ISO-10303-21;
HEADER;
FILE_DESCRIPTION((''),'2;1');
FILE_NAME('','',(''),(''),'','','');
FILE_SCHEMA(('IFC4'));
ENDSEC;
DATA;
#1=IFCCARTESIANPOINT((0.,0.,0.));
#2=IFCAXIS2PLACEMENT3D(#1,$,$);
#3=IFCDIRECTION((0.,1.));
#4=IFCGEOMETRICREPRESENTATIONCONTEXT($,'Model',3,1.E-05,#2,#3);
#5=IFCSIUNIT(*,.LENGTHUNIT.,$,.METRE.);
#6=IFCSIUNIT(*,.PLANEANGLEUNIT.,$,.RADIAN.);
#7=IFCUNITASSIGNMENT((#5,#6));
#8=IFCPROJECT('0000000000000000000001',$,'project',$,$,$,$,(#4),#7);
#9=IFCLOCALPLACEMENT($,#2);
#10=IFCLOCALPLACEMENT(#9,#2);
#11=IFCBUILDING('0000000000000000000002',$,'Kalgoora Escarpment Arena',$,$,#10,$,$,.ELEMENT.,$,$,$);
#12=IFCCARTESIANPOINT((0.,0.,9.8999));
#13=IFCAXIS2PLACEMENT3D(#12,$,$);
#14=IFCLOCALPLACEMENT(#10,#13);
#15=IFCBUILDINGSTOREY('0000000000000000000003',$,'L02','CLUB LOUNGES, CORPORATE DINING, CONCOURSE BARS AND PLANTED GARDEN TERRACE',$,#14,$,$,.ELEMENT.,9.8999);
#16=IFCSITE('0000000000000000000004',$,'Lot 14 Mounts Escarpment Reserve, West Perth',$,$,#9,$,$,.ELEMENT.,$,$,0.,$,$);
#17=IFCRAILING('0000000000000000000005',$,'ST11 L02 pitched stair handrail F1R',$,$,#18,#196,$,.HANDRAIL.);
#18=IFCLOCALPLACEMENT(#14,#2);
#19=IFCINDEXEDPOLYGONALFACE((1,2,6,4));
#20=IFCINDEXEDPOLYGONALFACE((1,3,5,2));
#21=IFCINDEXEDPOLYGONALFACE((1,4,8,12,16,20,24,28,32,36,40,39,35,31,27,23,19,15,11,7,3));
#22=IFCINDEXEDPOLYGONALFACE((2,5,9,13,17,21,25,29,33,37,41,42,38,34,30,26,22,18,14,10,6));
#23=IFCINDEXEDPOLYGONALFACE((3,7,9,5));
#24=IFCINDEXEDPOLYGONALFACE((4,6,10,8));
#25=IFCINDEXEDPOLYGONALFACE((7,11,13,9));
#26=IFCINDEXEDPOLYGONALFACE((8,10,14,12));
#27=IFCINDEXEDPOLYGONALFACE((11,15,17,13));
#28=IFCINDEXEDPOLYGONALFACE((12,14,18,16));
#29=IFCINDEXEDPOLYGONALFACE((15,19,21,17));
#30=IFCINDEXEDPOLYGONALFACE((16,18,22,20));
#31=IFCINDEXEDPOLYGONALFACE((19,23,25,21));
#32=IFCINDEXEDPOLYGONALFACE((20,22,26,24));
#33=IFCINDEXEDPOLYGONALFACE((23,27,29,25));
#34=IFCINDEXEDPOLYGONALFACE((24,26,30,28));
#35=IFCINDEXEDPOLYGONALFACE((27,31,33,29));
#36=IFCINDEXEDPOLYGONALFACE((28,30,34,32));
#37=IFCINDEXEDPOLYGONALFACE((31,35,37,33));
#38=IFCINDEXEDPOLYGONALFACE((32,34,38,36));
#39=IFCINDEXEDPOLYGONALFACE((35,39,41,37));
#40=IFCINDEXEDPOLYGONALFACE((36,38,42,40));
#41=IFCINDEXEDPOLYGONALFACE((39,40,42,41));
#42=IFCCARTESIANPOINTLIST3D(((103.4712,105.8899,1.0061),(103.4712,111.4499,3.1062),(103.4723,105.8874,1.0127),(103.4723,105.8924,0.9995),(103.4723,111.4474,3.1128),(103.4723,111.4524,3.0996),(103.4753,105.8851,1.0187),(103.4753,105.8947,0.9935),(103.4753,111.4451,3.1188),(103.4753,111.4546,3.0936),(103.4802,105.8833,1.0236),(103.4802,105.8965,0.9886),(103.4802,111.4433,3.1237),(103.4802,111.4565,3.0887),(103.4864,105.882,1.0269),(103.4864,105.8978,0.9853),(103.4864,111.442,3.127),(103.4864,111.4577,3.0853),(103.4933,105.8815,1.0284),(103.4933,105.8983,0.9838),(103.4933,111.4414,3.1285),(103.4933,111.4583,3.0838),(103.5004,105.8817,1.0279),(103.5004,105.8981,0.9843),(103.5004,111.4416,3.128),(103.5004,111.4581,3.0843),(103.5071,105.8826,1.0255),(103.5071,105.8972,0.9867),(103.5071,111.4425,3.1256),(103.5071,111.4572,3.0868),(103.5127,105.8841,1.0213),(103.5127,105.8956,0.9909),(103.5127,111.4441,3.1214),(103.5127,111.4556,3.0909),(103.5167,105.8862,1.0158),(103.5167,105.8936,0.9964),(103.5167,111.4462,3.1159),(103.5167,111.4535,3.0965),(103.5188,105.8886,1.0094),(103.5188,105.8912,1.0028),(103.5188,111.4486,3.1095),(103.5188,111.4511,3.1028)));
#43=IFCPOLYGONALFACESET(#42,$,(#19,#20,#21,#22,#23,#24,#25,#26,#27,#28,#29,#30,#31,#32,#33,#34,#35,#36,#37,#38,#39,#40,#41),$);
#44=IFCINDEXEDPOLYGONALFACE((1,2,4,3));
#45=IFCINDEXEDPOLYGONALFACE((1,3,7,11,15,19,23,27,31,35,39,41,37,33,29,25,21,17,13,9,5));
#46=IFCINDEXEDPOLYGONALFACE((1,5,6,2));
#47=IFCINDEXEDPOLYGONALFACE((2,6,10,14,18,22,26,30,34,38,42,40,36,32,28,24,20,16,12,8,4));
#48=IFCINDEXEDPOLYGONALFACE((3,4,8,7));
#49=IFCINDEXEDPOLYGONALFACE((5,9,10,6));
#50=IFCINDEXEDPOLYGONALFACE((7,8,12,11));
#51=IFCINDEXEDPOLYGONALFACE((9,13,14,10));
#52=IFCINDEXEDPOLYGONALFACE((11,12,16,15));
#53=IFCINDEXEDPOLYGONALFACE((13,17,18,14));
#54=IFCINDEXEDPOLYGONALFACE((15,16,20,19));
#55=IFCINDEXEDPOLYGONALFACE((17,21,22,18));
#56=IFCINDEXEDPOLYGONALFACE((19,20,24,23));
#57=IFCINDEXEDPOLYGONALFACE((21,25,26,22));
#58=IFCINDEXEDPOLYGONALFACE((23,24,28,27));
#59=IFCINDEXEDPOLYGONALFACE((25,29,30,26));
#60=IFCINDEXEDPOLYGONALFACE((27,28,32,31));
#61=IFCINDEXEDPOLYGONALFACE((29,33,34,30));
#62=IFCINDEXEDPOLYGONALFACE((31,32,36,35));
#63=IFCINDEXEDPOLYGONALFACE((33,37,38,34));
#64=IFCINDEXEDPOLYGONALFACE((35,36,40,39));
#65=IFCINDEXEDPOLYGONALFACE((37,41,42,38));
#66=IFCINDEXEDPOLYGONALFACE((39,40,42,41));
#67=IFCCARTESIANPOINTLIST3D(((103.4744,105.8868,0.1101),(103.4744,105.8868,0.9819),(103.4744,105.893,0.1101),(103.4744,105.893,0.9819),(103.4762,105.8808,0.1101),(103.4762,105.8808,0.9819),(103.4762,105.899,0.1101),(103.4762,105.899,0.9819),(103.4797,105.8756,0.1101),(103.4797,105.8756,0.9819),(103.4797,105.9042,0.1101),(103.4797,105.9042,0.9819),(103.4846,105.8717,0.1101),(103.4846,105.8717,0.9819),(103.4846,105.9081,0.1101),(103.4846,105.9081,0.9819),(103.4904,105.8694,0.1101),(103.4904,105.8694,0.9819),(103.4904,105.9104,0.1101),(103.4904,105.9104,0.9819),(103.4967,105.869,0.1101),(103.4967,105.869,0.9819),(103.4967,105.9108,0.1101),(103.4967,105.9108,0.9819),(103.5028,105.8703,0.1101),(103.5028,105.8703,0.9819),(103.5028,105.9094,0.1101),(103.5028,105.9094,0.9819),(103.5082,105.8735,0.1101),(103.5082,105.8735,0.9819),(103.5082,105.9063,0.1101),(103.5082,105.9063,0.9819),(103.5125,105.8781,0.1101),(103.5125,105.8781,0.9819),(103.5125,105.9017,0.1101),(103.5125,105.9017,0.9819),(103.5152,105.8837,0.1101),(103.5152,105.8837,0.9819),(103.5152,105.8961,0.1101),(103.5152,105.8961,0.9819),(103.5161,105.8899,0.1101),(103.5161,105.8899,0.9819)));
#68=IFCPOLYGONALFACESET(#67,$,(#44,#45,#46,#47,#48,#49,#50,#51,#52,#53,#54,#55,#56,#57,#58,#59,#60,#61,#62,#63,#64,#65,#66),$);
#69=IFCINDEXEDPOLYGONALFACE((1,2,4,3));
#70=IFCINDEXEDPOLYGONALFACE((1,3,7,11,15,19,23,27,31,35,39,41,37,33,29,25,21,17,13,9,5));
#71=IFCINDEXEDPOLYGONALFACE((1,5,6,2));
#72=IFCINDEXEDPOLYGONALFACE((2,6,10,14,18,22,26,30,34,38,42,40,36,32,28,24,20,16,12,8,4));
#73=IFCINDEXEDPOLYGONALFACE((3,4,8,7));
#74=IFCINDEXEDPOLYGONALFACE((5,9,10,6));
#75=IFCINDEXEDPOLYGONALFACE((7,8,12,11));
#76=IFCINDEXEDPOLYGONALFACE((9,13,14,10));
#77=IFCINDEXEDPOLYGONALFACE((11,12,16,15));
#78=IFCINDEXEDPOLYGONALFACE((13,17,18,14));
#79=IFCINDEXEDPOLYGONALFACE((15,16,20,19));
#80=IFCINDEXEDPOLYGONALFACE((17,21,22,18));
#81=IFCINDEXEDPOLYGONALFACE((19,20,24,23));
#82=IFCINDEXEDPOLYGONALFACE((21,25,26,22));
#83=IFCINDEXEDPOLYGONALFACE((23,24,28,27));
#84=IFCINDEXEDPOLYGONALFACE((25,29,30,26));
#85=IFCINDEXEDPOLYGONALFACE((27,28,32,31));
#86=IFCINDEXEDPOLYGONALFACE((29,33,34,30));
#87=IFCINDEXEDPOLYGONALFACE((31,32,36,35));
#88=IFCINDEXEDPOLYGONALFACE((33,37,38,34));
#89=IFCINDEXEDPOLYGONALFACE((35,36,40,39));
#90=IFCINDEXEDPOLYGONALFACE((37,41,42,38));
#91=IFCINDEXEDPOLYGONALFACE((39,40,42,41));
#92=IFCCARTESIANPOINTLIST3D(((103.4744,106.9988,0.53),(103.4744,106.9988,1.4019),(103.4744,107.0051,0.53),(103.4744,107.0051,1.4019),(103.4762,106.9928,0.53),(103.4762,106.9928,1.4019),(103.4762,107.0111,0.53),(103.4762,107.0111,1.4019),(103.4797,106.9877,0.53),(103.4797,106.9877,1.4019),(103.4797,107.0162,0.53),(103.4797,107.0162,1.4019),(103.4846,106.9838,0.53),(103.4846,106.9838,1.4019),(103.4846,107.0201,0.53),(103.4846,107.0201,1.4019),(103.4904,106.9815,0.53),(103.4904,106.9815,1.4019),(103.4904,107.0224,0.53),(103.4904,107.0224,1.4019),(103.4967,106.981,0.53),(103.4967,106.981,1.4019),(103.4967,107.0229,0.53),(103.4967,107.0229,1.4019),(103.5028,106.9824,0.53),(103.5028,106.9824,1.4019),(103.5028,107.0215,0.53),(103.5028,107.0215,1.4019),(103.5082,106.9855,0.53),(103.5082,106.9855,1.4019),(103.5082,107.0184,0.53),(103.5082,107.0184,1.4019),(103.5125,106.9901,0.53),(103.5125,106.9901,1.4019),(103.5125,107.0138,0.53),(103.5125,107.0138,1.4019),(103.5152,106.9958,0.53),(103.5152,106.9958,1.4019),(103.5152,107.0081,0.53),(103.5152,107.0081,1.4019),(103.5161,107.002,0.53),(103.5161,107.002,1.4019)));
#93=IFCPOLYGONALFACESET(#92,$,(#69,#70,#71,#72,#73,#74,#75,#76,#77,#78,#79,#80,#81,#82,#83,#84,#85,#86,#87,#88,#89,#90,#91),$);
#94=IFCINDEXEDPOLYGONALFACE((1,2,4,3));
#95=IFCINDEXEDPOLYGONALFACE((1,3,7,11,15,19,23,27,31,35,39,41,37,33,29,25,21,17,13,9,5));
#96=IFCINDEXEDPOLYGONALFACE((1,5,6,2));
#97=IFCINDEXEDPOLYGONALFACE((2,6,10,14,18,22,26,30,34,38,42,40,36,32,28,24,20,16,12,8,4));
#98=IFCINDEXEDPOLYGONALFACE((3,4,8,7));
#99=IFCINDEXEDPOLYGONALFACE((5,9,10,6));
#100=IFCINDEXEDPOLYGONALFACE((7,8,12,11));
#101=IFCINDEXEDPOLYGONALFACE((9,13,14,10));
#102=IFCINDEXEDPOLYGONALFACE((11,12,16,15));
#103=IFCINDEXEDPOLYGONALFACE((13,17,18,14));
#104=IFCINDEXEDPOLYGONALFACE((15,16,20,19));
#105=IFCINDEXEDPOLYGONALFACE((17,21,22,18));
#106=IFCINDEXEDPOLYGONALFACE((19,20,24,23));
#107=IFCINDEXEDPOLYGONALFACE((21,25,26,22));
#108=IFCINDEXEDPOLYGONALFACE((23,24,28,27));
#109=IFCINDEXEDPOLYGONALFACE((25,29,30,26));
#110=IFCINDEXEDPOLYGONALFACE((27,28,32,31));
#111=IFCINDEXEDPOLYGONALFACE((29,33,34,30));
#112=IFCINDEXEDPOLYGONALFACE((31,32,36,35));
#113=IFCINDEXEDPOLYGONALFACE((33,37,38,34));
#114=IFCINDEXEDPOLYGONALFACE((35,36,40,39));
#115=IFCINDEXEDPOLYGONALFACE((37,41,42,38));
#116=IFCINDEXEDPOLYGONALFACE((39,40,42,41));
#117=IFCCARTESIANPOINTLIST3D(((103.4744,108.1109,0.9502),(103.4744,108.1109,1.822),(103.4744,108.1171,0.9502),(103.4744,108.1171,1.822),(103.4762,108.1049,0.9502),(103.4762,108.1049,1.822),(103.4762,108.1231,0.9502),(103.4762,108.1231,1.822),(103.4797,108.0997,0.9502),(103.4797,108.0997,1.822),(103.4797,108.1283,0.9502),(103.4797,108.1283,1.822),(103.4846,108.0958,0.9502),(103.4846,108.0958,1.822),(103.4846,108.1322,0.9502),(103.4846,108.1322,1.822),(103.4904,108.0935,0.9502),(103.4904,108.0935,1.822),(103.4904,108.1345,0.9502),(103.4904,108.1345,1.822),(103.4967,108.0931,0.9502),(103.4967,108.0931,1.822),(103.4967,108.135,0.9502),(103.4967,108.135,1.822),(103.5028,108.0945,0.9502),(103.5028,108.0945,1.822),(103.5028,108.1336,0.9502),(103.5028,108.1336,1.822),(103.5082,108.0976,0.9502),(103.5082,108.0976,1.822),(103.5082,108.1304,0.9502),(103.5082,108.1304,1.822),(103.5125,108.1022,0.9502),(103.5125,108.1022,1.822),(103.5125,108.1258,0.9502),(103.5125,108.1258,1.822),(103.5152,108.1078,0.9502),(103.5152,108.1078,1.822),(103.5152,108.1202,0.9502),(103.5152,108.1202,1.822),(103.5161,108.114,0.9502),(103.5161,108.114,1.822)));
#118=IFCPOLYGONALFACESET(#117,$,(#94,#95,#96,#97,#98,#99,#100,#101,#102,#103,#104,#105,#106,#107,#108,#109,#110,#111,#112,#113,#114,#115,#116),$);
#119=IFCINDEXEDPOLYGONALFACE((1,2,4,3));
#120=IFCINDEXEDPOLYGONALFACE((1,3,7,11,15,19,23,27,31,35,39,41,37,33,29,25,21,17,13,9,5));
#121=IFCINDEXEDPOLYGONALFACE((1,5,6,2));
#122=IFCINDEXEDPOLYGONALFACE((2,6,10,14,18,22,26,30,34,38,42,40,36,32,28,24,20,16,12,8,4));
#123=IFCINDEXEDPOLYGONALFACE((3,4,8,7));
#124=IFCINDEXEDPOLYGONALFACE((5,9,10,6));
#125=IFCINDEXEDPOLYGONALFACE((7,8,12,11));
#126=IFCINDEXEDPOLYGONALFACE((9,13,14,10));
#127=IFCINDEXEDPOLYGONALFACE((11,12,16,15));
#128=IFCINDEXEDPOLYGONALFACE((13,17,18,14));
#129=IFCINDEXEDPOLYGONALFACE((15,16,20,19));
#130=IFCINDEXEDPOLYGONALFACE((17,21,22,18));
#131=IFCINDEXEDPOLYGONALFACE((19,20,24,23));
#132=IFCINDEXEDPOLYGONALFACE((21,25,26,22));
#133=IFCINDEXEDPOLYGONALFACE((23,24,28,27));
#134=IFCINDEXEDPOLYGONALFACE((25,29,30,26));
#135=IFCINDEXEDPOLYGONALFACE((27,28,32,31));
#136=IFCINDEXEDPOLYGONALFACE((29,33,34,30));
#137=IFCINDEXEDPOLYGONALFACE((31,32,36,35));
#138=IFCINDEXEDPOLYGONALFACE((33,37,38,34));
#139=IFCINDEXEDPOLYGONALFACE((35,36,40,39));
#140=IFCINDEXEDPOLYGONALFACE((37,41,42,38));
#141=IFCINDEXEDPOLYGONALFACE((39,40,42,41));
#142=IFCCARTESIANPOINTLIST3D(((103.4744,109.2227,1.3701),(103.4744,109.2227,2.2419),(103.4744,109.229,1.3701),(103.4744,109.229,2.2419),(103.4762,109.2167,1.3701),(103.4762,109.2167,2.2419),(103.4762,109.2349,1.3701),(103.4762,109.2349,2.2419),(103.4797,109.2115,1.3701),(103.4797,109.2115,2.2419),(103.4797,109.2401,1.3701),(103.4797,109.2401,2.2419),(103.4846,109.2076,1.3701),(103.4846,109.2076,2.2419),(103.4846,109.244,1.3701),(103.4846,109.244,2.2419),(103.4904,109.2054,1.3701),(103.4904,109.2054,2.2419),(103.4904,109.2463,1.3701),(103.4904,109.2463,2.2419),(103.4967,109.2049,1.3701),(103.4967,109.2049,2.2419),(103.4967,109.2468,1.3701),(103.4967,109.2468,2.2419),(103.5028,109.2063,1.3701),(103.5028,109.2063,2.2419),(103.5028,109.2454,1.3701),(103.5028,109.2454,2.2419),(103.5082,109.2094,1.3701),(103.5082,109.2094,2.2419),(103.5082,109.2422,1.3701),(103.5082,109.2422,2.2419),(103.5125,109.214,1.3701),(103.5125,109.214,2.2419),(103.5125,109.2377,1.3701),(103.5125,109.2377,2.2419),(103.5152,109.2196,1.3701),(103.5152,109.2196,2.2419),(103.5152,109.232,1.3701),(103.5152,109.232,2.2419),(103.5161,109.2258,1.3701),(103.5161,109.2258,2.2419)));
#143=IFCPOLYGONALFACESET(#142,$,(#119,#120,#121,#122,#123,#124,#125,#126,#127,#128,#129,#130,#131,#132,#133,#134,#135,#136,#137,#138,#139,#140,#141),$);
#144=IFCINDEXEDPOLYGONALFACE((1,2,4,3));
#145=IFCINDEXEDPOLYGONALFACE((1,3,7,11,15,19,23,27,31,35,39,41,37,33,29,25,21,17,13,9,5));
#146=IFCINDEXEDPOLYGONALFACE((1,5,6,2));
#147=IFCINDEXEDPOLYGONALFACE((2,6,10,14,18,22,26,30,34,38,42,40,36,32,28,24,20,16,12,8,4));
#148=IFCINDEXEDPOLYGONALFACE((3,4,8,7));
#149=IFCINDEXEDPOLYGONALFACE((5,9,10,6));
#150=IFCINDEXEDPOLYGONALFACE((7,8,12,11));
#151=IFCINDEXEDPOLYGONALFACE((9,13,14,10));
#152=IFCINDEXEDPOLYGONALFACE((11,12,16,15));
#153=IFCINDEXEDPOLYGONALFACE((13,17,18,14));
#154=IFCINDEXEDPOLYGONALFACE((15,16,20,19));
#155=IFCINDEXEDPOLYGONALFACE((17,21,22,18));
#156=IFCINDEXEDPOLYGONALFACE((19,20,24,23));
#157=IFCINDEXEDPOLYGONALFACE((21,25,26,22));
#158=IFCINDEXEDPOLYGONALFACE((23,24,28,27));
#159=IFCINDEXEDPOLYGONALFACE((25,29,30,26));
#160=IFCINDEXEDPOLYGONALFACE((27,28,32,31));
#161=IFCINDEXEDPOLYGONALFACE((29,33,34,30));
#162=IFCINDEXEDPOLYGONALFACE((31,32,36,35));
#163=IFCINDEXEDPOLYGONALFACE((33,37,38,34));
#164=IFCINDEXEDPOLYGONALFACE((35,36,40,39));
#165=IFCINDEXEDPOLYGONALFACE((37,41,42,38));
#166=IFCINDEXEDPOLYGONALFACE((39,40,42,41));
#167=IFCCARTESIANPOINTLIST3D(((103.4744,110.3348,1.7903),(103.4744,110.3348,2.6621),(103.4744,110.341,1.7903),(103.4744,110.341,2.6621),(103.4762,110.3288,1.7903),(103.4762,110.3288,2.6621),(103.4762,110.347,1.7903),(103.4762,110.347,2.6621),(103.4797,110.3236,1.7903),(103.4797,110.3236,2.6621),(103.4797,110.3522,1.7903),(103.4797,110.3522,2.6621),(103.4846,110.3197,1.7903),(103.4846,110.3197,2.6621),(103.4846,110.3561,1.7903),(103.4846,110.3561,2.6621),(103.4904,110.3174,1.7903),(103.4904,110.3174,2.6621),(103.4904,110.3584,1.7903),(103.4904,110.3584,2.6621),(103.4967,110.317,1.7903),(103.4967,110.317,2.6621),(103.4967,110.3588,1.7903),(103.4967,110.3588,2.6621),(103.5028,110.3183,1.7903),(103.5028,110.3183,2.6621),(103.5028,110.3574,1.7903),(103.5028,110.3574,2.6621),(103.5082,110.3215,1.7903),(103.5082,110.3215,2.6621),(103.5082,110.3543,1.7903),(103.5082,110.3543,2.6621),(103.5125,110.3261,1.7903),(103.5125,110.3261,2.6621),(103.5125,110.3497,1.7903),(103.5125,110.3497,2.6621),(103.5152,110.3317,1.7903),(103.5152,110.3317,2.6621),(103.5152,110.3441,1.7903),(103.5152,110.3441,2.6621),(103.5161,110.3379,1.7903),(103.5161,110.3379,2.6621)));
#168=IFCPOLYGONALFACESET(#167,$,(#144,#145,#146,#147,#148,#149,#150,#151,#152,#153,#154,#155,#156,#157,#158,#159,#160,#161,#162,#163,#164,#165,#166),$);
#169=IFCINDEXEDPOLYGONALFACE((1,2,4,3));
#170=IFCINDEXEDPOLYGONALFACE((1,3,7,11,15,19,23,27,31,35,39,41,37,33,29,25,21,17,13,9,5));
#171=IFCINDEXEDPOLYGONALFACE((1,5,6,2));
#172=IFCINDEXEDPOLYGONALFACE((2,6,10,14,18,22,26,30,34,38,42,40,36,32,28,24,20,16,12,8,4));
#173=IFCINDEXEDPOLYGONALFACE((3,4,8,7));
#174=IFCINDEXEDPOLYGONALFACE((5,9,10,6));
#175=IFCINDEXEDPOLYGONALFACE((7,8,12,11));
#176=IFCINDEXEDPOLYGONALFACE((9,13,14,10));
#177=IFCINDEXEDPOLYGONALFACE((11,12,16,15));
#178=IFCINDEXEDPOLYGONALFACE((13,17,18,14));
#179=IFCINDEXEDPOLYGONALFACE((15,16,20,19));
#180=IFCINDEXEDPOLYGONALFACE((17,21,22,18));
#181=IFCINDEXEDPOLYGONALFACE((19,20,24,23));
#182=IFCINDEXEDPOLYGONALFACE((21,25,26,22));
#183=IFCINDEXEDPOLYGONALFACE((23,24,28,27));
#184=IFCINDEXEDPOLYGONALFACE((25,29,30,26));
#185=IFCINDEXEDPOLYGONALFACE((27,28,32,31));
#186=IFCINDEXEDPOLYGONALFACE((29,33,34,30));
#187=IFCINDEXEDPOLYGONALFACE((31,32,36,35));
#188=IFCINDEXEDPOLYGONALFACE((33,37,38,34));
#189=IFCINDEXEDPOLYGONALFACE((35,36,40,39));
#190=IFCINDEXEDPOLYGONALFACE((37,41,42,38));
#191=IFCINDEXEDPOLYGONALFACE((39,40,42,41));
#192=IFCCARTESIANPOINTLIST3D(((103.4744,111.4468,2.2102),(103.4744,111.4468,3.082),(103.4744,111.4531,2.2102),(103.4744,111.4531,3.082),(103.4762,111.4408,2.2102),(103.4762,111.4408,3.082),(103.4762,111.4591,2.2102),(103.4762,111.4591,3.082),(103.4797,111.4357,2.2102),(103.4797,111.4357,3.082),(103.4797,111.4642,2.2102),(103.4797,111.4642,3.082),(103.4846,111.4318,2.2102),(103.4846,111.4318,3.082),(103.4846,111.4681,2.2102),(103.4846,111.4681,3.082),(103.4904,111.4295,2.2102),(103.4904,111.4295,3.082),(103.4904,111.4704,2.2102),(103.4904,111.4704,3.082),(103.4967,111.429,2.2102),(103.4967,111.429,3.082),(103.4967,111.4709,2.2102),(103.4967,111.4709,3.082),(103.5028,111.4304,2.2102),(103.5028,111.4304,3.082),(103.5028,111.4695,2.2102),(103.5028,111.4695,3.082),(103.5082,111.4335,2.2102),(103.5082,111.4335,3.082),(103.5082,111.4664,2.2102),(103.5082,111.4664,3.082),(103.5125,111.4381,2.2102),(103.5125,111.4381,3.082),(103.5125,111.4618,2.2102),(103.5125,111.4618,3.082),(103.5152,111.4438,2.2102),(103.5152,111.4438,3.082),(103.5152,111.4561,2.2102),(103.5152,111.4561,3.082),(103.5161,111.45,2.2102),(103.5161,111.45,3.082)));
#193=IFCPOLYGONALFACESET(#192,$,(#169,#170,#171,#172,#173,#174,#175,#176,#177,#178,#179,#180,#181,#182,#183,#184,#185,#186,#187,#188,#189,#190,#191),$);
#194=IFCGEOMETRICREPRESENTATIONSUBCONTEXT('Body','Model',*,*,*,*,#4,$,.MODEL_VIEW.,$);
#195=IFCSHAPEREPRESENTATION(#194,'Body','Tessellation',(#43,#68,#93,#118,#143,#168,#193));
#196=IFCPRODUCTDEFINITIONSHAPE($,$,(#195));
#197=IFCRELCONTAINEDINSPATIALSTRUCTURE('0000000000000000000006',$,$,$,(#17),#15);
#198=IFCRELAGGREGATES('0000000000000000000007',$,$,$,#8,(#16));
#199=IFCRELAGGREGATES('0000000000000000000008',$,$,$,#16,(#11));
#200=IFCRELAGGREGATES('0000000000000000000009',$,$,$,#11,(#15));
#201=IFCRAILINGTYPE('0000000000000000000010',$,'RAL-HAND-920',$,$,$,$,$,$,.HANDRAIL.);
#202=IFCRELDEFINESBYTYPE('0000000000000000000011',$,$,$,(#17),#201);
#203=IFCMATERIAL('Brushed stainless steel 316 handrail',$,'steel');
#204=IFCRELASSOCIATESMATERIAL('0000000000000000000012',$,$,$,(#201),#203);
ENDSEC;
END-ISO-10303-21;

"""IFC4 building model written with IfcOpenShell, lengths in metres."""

from ifc_helpers import new_model, si_unit, direction, frame, origin, origin_2d, place, context, subcontext, project, spatial, circle, extrude, material, type_object, element, save


model = new_model("IFC4")

# Units and contexts
model_context = context("Model", 3, precision=1e-05, world=origin(), true_north=direction((0.0, 1.0)))
body_context = subcontext(model_context, "Body", "Model", "MODEL_VIEW")
ifc_project = project(units=[si_unit("LENGTHUNIT", "METRE"), si_unit("PLANEANGLEUNIT", "RADIAN")], contexts=[model_context])

# Site, building, storey
site_placement = place(None, origin())
site = spatial("IfcSite", under=ifc_project, at=site_placement, Name="Lot 14 Mounts Escarpment Reserve, West Perth", CompositionType="ELEMENT", RefElevation=0.0)
building_placement = place(site_placement, origin())
building = spatial("IfcBuilding", under=site, at=building_placement, Name="Kalgoora Escarpment Arena", CompositionType="ELEMENT")
storey_placement = place(building_placement, frame((0.0, 0.0, 9.8999)))
storey = spatial("IfcBuildingStorey", under=building, at=storey_placement, Name="L02", Description="CLUB LOUNGES, CORPORATE DINING, CONCOURSE BARS AND PLANTED GARDEN TERRACE", CompositionType="ELEMENT", Elevation=9.8999)

# Railing
ifc_material_1 = material(Name="Brushed stainless steel 316 handrail", Category="steel")
railing_type_1 = type_object("IfcRailingType", Name="RAL-HAND-920", PredefinedType="HANDRAIL", material=ifc_material_1)
for number, where, name in (
    (1, (103.4951, 105.8899, 0.1101), "ST11 L02 pitched stair handrail F1R"),
):
    element("IfcRailing", number, at=place(storey_placement, frame(where)), inside=storey, type_object=railing_type_1, Name=name, PredefinedType="HANDRAIL", context=body_context, shape_type="SweptSolid", body=[
        extrude(circle(Radius=0.0239, at=origin_2d()), frame((0.0, 0.0, 0.896), z_axis=(0.0, 0.935493, 0.353346), x_axis=(-1.0, 0.0, 0.0)), (0.0, 0.0, 1.0), 5.9434),
        extrude(circle(Radius=0.021, at=origin_2d()), origin(), (0.0, 0.0, 1.0), 0.8718),
        extrude(circle(Radius=0.021, at=origin_2d()), frame((0.0, 1.1121, 0.4199)), (0.0, 0.0, 1.0), 0.8718),
        extrude(circle(Radius=0.021, at=origin_2d()), frame((0.0, 2.2241, 0.8401)), (0.0, 0.0, 1.0), 0.8718),
        extrude(circle(Radius=0.021, at=origin_2d()), frame((0.0, 3.3359, 1.26)), (0.0, 0.0, 1.0), 0.8718),
        extrude(circle(Radius=0.021, at=origin_2d()), frame((0.0, 4.448, 1.6802)), (0.0, 0.0, 1.0), 0.8718),
        extrude(circle(Radius=0.021, at=origin_2d()), frame((0.0, 5.5601, 2.1001)), (0.0, 0.0, 1.0), 0.8718),
    ])

save(model, "model.ifc")
